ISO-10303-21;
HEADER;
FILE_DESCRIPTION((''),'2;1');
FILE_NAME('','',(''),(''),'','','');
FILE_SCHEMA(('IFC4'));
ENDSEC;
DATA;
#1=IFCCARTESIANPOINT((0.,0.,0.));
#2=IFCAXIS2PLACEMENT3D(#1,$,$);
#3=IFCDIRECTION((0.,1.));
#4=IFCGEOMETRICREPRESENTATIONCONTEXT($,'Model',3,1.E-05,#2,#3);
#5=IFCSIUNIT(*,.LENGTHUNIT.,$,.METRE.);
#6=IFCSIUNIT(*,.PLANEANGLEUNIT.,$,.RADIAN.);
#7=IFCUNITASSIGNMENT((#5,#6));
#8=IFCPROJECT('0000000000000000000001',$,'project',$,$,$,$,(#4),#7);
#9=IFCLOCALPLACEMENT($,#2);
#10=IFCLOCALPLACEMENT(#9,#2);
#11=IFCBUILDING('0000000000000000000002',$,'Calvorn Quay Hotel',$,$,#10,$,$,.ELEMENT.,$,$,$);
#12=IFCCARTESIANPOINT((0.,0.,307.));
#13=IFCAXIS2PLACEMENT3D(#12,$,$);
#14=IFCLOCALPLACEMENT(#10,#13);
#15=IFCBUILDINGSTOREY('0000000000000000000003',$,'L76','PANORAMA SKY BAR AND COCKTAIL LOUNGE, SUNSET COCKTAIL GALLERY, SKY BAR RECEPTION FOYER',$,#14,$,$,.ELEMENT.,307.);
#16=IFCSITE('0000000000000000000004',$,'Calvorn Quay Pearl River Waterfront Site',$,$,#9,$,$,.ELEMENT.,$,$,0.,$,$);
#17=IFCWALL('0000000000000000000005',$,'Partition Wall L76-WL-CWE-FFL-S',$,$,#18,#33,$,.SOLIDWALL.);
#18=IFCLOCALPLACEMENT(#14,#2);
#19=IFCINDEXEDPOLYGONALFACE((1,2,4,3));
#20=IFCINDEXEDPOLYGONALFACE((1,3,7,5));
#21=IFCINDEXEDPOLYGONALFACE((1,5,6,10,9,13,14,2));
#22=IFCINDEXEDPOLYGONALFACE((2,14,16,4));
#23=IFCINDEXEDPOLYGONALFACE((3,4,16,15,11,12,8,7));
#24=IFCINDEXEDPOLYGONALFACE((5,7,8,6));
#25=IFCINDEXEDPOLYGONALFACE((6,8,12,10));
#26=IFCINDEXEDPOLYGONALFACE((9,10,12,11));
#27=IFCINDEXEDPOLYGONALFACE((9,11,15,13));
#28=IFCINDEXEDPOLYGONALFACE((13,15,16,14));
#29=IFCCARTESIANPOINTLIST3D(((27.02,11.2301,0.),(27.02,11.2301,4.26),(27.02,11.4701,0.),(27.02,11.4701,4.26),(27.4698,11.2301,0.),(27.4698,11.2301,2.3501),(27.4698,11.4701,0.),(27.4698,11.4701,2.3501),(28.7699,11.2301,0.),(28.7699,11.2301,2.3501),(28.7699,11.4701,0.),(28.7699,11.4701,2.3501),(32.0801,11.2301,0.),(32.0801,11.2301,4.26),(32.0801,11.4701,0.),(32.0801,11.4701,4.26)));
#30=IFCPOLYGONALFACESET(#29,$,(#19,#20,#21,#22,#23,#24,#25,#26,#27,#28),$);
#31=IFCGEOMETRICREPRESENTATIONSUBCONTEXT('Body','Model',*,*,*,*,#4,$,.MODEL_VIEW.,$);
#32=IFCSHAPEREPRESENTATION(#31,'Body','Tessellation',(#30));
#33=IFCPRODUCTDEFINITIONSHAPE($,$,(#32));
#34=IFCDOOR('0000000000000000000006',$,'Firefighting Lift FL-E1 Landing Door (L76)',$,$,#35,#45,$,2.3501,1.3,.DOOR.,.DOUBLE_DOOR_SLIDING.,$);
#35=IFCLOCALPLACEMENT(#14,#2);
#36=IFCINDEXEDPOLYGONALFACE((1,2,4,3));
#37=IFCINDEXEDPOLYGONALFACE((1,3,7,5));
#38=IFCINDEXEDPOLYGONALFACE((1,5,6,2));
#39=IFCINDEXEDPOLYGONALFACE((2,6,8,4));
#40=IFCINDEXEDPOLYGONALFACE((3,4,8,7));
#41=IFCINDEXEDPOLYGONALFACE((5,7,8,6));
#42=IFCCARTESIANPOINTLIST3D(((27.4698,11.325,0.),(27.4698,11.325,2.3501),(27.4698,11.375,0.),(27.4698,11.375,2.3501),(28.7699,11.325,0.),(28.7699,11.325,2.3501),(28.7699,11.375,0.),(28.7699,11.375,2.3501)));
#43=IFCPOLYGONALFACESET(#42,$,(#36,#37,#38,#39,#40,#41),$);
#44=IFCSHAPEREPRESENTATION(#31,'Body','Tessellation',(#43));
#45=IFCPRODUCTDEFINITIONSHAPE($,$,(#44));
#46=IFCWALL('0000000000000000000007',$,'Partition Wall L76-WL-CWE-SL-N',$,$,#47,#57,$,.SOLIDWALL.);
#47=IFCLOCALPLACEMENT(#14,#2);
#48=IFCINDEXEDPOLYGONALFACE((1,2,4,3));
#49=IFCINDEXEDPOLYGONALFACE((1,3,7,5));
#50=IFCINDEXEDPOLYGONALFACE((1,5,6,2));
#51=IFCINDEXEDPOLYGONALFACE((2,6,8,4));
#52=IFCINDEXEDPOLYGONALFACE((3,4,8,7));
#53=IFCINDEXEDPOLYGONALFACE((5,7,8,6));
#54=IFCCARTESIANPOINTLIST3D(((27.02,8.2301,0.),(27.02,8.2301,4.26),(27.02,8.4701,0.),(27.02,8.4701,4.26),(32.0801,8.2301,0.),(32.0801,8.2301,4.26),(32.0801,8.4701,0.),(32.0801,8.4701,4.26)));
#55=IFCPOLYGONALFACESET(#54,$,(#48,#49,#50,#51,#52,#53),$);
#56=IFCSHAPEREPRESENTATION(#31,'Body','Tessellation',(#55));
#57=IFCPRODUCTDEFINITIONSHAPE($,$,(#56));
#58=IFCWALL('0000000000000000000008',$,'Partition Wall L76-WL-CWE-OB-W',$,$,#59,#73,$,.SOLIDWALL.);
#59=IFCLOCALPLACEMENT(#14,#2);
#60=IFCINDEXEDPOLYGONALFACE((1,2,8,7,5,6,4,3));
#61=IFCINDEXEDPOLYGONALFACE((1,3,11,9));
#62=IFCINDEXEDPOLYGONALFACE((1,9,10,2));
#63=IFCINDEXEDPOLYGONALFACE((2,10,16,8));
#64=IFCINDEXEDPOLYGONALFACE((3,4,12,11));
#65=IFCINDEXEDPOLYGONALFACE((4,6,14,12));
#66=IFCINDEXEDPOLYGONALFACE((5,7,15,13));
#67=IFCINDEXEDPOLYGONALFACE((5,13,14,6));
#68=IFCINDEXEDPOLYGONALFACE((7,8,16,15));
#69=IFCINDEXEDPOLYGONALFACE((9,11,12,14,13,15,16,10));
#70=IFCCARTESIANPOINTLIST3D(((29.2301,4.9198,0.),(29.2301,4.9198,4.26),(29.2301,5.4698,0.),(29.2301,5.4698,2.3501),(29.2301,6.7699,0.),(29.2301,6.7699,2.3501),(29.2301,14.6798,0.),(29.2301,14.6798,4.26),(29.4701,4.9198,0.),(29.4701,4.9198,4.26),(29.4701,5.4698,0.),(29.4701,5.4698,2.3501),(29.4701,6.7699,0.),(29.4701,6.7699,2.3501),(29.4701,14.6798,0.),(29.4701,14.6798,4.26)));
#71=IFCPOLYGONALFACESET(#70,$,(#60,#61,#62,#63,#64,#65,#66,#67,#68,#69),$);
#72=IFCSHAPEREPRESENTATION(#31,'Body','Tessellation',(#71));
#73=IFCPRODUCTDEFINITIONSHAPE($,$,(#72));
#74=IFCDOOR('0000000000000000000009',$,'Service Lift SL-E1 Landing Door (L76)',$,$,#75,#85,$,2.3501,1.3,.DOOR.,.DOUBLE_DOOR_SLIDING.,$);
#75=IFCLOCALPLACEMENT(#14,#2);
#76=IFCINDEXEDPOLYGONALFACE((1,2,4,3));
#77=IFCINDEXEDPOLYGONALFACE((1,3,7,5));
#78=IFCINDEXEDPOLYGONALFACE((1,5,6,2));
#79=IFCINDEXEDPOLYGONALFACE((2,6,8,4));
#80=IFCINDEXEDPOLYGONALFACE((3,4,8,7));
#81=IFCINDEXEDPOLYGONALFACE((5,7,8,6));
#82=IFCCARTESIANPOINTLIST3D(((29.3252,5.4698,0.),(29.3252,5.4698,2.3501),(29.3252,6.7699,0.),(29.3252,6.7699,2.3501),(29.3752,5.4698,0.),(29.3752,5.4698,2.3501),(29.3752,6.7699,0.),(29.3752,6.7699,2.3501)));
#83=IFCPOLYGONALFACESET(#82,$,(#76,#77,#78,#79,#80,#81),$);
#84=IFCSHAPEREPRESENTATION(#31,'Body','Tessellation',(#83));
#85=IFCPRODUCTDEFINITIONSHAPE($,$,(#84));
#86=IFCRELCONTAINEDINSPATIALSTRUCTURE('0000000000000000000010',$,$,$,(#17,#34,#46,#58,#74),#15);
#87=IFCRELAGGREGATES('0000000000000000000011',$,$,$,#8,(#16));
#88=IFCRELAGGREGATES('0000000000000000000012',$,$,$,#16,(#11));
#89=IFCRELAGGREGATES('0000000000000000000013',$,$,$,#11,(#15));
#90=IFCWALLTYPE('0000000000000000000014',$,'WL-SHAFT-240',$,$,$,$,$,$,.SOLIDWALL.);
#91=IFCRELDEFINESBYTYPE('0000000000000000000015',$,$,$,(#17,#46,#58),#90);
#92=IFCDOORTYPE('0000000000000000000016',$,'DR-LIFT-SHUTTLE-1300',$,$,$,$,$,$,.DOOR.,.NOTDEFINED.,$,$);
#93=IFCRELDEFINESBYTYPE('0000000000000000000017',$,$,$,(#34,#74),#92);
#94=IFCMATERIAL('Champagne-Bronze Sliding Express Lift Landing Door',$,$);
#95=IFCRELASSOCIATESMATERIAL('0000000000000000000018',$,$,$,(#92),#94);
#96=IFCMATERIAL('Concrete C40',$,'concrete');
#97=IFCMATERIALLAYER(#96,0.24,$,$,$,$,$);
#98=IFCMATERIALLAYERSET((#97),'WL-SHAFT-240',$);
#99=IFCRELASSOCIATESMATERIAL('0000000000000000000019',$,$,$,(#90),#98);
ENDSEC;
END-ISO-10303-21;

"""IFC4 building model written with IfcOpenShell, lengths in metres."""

from ifc_helpers import new_model, si_unit, direction, frame, frame_2d, origin, place, context, subcontext, project, spatial, rectangle, extrude, material, layer, layer_set, type_object, element, fill, save


model = new_model("IFC4")

# Units and contexts
model_context = context("Model", 3, precision=1e-05, world=origin(), true_north=direction((0.0, 1.0)))
body_context = subcontext(model_context, "Body", "Model", "MODEL_VIEW")
ifc_project = project(units=[si_unit("LENGTHUNIT", "METRE"), si_unit("PLANEANGLEUNIT", "RADIAN")], contexts=[model_context])

# Site, building, storey
site_placement = place(None, origin())
site = spatial("IfcSite", under=ifc_project, at=site_placement, Name="Calvorn Quay Pearl River Waterfront Site", CompositionType="ELEMENT", RefElevation=0.0)
building_placement = place(site_placement, origin())
building = spatial("IfcBuilding", under=site, at=building_placement, Name="Calvorn Quay Hotel", CompositionType="ELEMENT")
storey_placement = place(building_placement, frame((0.0, 0.0, 307.0)))
storey = spatial("IfcBuildingStorey", under=building, at=storey_placement, Name="L76", Description="PANORAMA SKY BAR AND COCKTAIL LOUNGE, SUNSET COCKTAIL GALLERY, SKY BAR RECEPTION FOYER", CompositionType="ELEMENT", Elevation=307.0)

# Shared definitions
ifc_material_1 = material(Name="Champagne-Bronze Sliding Express Lift Landing Door")
door_type_1 = type_object("IfcDoorType", Name="DR-LIFT-SHUTTLE-1300", OperationType="NOTDEFINED", PredefinedType="DOOR", material=ifc_material_1)

# Shared definitions
ifc_material_2 = material(Name="Concrete C40", Category="concrete")
ifc_layer_1 = layer(ifc_material_2, 0.24)
ifc_layer_set_1 = layer_set([ifc_layer_1], Name="WL-SHAFT-240")
wall_type_1 = type_object("IfcWallType", Name="WL-SHAFT-240", PredefinedType="SOLIDWALL", material=ifc_layer_set_1)

# Wall, opening, door
wall_1_placement = place(storey_placement, frame((27.02, 11.3501, 0.0), z_axis=(0.0, 0.0, 1.0), x_axis=(1.0, 0.0, 0.0)))
wall_1 = element("IfcWall", 1, at=wall_1_placement, inside=storey, type_object=wall_type_1, Name="Partition Wall L76-WL-CWE-FFL-S", PredefinedType="SOLIDWALL", context=body_context, shape_type="SweptSolid", body=[
    extrude(rectangle(XDim=5.0601, YDim=0.24, at=frame_2d((2.53, 0.0))), origin(), (0.0, 0.0, 1.0), 4.26),
])
opening_1_placement = place(wall_1_placement, frame((0.45, 0.0, 0.0)))
opening_1 = element("IfcOpeningElement", 2, at=opening_1_placement, cuts=wall_1, PredefinedType="OPENING", context=body_context, shape_type="SweptSolid", body=[
    extrude(rectangle(XDim=1.3, YDim=2.3501, at=frame_2d((0.6499, 1.175))), frame((0.0, 0.1299, 0.0), z_axis=(0.0, -1.0, 0.0), x_axis=(1.0, 0.0, 0.0)), (0.0, 0.0, 1.0), 0.26),
])
door_1_placement = place(opening_1_placement, origin())
door_1 = element("IfcDoor", 3, at=door_1_placement, inside=storey, type_object=door_type_1, Name="Firefighting Lift FL-E1 Landing Door (L76)", OperationType="DOUBLE_DOOR_SLIDING", OverallHeight=2.3501, OverallWidth=1.3, PredefinedType="DOOR", context=body_context, shape_type="SweptSolid", body=[
    extrude(rectangle(XDim=1.3, YDim=2.3501, at=frame_2d((0.6499, 1.175))), frame((0.0, 0.0249, 0.0), z_axis=(0.0, -1.0, 0.0), x_axis=(1.0, 0.0, 0.0)), (0.0, 0.0, 1.0), 0.05),
])
fill(opening_1, door_1)

# Wall
wall_2_placement = place(storey_placement, frame((27.02, 8.3501, 0.0), z_axis=(0.0, 0.0, 1.0), x_axis=(1.0, 0.0, 0.0)))
element("IfcWall", 4, at=wall_2_placement, inside=storey, type_object=wall_type_1, Name="Partition Wall L76-WL-CWE-SL-N", PredefinedType="SOLIDWALL", context=body_context, shape_type="SweptSolid", body=[
    extrude(rectangle(XDim=5.0601, YDim=0.24, at=frame_2d((2.53, 0.0))), origin(), (0.0, 0.0, 1.0), 4.26),
])

# Wall, opening, door
wall_3_placement = place(storey_placement, frame((29.3501, 4.9199, 0.0), z_axis=(0.0, 0.0, 1.0), x_axis=(0.0, 1.0, 0.0)))
wall_3 = element("IfcWall", 5, at=wall_3_placement, inside=storey, type_object=wall_type_1, Name="Partition Wall L76-WL-CWE-OB-W", PredefinedType="SOLIDWALL", context=body_context, shape_type="SweptSolid", body=[
    extrude(rectangle(XDim=9.76, YDim=0.24, at=frame_2d((4.8799, 0.0))), origin(), (0.0, 0.0, 1.0), 4.26),
])
opening_2_placement = place(wall_3_placement, frame((0.55, 0.0, 0.0)))
opening_2 = element("IfcOpeningElement", 6, at=opening_2_placement, cuts=wall_3, PredefinedType="OPENING", context=body_context, shape_type="SweptSolid", body=[
    extrude(rectangle(XDim=1.3, YDim=2.3501, at=frame_2d((0.6499, 1.175))), frame((0.0, 0.1299, 0.0), z_axis=(0.0, -1.0, 0.0), x_axis=(1.0, 0.0, 0.0)), (0.0, 0.0, 1.0), 0.26),
])
door_2_placement = place(opening_2_placement, origin())
door_2 = element("IfcDoor", 7, at=door_2_placement, inside=storey, type_object=door_type_1, Name="Service Lift SL-E1 Landing Door (L76)", OperationType="DOUBLE_DOOR_SLIDING", OverallHeight=2.3501, OverallWidth=1.3, PredefinedType="DOOR", context=body_context, shape_type="SweptSolid", body=[
    extrude(rectangle(XDim=1.3, YDim=2.3501, at=frame_2d((0.6499, 1.175))), frame((0.0, 0.0249, 0.0), z_axis=(0.0, -1.0, 0.0), x_axis=(1.0, 0.0, 0.0)), (0.0, 0.0, 1.0), 0.05),
])
fill(opening_2, door_2)

save(model, "model.ifc")
